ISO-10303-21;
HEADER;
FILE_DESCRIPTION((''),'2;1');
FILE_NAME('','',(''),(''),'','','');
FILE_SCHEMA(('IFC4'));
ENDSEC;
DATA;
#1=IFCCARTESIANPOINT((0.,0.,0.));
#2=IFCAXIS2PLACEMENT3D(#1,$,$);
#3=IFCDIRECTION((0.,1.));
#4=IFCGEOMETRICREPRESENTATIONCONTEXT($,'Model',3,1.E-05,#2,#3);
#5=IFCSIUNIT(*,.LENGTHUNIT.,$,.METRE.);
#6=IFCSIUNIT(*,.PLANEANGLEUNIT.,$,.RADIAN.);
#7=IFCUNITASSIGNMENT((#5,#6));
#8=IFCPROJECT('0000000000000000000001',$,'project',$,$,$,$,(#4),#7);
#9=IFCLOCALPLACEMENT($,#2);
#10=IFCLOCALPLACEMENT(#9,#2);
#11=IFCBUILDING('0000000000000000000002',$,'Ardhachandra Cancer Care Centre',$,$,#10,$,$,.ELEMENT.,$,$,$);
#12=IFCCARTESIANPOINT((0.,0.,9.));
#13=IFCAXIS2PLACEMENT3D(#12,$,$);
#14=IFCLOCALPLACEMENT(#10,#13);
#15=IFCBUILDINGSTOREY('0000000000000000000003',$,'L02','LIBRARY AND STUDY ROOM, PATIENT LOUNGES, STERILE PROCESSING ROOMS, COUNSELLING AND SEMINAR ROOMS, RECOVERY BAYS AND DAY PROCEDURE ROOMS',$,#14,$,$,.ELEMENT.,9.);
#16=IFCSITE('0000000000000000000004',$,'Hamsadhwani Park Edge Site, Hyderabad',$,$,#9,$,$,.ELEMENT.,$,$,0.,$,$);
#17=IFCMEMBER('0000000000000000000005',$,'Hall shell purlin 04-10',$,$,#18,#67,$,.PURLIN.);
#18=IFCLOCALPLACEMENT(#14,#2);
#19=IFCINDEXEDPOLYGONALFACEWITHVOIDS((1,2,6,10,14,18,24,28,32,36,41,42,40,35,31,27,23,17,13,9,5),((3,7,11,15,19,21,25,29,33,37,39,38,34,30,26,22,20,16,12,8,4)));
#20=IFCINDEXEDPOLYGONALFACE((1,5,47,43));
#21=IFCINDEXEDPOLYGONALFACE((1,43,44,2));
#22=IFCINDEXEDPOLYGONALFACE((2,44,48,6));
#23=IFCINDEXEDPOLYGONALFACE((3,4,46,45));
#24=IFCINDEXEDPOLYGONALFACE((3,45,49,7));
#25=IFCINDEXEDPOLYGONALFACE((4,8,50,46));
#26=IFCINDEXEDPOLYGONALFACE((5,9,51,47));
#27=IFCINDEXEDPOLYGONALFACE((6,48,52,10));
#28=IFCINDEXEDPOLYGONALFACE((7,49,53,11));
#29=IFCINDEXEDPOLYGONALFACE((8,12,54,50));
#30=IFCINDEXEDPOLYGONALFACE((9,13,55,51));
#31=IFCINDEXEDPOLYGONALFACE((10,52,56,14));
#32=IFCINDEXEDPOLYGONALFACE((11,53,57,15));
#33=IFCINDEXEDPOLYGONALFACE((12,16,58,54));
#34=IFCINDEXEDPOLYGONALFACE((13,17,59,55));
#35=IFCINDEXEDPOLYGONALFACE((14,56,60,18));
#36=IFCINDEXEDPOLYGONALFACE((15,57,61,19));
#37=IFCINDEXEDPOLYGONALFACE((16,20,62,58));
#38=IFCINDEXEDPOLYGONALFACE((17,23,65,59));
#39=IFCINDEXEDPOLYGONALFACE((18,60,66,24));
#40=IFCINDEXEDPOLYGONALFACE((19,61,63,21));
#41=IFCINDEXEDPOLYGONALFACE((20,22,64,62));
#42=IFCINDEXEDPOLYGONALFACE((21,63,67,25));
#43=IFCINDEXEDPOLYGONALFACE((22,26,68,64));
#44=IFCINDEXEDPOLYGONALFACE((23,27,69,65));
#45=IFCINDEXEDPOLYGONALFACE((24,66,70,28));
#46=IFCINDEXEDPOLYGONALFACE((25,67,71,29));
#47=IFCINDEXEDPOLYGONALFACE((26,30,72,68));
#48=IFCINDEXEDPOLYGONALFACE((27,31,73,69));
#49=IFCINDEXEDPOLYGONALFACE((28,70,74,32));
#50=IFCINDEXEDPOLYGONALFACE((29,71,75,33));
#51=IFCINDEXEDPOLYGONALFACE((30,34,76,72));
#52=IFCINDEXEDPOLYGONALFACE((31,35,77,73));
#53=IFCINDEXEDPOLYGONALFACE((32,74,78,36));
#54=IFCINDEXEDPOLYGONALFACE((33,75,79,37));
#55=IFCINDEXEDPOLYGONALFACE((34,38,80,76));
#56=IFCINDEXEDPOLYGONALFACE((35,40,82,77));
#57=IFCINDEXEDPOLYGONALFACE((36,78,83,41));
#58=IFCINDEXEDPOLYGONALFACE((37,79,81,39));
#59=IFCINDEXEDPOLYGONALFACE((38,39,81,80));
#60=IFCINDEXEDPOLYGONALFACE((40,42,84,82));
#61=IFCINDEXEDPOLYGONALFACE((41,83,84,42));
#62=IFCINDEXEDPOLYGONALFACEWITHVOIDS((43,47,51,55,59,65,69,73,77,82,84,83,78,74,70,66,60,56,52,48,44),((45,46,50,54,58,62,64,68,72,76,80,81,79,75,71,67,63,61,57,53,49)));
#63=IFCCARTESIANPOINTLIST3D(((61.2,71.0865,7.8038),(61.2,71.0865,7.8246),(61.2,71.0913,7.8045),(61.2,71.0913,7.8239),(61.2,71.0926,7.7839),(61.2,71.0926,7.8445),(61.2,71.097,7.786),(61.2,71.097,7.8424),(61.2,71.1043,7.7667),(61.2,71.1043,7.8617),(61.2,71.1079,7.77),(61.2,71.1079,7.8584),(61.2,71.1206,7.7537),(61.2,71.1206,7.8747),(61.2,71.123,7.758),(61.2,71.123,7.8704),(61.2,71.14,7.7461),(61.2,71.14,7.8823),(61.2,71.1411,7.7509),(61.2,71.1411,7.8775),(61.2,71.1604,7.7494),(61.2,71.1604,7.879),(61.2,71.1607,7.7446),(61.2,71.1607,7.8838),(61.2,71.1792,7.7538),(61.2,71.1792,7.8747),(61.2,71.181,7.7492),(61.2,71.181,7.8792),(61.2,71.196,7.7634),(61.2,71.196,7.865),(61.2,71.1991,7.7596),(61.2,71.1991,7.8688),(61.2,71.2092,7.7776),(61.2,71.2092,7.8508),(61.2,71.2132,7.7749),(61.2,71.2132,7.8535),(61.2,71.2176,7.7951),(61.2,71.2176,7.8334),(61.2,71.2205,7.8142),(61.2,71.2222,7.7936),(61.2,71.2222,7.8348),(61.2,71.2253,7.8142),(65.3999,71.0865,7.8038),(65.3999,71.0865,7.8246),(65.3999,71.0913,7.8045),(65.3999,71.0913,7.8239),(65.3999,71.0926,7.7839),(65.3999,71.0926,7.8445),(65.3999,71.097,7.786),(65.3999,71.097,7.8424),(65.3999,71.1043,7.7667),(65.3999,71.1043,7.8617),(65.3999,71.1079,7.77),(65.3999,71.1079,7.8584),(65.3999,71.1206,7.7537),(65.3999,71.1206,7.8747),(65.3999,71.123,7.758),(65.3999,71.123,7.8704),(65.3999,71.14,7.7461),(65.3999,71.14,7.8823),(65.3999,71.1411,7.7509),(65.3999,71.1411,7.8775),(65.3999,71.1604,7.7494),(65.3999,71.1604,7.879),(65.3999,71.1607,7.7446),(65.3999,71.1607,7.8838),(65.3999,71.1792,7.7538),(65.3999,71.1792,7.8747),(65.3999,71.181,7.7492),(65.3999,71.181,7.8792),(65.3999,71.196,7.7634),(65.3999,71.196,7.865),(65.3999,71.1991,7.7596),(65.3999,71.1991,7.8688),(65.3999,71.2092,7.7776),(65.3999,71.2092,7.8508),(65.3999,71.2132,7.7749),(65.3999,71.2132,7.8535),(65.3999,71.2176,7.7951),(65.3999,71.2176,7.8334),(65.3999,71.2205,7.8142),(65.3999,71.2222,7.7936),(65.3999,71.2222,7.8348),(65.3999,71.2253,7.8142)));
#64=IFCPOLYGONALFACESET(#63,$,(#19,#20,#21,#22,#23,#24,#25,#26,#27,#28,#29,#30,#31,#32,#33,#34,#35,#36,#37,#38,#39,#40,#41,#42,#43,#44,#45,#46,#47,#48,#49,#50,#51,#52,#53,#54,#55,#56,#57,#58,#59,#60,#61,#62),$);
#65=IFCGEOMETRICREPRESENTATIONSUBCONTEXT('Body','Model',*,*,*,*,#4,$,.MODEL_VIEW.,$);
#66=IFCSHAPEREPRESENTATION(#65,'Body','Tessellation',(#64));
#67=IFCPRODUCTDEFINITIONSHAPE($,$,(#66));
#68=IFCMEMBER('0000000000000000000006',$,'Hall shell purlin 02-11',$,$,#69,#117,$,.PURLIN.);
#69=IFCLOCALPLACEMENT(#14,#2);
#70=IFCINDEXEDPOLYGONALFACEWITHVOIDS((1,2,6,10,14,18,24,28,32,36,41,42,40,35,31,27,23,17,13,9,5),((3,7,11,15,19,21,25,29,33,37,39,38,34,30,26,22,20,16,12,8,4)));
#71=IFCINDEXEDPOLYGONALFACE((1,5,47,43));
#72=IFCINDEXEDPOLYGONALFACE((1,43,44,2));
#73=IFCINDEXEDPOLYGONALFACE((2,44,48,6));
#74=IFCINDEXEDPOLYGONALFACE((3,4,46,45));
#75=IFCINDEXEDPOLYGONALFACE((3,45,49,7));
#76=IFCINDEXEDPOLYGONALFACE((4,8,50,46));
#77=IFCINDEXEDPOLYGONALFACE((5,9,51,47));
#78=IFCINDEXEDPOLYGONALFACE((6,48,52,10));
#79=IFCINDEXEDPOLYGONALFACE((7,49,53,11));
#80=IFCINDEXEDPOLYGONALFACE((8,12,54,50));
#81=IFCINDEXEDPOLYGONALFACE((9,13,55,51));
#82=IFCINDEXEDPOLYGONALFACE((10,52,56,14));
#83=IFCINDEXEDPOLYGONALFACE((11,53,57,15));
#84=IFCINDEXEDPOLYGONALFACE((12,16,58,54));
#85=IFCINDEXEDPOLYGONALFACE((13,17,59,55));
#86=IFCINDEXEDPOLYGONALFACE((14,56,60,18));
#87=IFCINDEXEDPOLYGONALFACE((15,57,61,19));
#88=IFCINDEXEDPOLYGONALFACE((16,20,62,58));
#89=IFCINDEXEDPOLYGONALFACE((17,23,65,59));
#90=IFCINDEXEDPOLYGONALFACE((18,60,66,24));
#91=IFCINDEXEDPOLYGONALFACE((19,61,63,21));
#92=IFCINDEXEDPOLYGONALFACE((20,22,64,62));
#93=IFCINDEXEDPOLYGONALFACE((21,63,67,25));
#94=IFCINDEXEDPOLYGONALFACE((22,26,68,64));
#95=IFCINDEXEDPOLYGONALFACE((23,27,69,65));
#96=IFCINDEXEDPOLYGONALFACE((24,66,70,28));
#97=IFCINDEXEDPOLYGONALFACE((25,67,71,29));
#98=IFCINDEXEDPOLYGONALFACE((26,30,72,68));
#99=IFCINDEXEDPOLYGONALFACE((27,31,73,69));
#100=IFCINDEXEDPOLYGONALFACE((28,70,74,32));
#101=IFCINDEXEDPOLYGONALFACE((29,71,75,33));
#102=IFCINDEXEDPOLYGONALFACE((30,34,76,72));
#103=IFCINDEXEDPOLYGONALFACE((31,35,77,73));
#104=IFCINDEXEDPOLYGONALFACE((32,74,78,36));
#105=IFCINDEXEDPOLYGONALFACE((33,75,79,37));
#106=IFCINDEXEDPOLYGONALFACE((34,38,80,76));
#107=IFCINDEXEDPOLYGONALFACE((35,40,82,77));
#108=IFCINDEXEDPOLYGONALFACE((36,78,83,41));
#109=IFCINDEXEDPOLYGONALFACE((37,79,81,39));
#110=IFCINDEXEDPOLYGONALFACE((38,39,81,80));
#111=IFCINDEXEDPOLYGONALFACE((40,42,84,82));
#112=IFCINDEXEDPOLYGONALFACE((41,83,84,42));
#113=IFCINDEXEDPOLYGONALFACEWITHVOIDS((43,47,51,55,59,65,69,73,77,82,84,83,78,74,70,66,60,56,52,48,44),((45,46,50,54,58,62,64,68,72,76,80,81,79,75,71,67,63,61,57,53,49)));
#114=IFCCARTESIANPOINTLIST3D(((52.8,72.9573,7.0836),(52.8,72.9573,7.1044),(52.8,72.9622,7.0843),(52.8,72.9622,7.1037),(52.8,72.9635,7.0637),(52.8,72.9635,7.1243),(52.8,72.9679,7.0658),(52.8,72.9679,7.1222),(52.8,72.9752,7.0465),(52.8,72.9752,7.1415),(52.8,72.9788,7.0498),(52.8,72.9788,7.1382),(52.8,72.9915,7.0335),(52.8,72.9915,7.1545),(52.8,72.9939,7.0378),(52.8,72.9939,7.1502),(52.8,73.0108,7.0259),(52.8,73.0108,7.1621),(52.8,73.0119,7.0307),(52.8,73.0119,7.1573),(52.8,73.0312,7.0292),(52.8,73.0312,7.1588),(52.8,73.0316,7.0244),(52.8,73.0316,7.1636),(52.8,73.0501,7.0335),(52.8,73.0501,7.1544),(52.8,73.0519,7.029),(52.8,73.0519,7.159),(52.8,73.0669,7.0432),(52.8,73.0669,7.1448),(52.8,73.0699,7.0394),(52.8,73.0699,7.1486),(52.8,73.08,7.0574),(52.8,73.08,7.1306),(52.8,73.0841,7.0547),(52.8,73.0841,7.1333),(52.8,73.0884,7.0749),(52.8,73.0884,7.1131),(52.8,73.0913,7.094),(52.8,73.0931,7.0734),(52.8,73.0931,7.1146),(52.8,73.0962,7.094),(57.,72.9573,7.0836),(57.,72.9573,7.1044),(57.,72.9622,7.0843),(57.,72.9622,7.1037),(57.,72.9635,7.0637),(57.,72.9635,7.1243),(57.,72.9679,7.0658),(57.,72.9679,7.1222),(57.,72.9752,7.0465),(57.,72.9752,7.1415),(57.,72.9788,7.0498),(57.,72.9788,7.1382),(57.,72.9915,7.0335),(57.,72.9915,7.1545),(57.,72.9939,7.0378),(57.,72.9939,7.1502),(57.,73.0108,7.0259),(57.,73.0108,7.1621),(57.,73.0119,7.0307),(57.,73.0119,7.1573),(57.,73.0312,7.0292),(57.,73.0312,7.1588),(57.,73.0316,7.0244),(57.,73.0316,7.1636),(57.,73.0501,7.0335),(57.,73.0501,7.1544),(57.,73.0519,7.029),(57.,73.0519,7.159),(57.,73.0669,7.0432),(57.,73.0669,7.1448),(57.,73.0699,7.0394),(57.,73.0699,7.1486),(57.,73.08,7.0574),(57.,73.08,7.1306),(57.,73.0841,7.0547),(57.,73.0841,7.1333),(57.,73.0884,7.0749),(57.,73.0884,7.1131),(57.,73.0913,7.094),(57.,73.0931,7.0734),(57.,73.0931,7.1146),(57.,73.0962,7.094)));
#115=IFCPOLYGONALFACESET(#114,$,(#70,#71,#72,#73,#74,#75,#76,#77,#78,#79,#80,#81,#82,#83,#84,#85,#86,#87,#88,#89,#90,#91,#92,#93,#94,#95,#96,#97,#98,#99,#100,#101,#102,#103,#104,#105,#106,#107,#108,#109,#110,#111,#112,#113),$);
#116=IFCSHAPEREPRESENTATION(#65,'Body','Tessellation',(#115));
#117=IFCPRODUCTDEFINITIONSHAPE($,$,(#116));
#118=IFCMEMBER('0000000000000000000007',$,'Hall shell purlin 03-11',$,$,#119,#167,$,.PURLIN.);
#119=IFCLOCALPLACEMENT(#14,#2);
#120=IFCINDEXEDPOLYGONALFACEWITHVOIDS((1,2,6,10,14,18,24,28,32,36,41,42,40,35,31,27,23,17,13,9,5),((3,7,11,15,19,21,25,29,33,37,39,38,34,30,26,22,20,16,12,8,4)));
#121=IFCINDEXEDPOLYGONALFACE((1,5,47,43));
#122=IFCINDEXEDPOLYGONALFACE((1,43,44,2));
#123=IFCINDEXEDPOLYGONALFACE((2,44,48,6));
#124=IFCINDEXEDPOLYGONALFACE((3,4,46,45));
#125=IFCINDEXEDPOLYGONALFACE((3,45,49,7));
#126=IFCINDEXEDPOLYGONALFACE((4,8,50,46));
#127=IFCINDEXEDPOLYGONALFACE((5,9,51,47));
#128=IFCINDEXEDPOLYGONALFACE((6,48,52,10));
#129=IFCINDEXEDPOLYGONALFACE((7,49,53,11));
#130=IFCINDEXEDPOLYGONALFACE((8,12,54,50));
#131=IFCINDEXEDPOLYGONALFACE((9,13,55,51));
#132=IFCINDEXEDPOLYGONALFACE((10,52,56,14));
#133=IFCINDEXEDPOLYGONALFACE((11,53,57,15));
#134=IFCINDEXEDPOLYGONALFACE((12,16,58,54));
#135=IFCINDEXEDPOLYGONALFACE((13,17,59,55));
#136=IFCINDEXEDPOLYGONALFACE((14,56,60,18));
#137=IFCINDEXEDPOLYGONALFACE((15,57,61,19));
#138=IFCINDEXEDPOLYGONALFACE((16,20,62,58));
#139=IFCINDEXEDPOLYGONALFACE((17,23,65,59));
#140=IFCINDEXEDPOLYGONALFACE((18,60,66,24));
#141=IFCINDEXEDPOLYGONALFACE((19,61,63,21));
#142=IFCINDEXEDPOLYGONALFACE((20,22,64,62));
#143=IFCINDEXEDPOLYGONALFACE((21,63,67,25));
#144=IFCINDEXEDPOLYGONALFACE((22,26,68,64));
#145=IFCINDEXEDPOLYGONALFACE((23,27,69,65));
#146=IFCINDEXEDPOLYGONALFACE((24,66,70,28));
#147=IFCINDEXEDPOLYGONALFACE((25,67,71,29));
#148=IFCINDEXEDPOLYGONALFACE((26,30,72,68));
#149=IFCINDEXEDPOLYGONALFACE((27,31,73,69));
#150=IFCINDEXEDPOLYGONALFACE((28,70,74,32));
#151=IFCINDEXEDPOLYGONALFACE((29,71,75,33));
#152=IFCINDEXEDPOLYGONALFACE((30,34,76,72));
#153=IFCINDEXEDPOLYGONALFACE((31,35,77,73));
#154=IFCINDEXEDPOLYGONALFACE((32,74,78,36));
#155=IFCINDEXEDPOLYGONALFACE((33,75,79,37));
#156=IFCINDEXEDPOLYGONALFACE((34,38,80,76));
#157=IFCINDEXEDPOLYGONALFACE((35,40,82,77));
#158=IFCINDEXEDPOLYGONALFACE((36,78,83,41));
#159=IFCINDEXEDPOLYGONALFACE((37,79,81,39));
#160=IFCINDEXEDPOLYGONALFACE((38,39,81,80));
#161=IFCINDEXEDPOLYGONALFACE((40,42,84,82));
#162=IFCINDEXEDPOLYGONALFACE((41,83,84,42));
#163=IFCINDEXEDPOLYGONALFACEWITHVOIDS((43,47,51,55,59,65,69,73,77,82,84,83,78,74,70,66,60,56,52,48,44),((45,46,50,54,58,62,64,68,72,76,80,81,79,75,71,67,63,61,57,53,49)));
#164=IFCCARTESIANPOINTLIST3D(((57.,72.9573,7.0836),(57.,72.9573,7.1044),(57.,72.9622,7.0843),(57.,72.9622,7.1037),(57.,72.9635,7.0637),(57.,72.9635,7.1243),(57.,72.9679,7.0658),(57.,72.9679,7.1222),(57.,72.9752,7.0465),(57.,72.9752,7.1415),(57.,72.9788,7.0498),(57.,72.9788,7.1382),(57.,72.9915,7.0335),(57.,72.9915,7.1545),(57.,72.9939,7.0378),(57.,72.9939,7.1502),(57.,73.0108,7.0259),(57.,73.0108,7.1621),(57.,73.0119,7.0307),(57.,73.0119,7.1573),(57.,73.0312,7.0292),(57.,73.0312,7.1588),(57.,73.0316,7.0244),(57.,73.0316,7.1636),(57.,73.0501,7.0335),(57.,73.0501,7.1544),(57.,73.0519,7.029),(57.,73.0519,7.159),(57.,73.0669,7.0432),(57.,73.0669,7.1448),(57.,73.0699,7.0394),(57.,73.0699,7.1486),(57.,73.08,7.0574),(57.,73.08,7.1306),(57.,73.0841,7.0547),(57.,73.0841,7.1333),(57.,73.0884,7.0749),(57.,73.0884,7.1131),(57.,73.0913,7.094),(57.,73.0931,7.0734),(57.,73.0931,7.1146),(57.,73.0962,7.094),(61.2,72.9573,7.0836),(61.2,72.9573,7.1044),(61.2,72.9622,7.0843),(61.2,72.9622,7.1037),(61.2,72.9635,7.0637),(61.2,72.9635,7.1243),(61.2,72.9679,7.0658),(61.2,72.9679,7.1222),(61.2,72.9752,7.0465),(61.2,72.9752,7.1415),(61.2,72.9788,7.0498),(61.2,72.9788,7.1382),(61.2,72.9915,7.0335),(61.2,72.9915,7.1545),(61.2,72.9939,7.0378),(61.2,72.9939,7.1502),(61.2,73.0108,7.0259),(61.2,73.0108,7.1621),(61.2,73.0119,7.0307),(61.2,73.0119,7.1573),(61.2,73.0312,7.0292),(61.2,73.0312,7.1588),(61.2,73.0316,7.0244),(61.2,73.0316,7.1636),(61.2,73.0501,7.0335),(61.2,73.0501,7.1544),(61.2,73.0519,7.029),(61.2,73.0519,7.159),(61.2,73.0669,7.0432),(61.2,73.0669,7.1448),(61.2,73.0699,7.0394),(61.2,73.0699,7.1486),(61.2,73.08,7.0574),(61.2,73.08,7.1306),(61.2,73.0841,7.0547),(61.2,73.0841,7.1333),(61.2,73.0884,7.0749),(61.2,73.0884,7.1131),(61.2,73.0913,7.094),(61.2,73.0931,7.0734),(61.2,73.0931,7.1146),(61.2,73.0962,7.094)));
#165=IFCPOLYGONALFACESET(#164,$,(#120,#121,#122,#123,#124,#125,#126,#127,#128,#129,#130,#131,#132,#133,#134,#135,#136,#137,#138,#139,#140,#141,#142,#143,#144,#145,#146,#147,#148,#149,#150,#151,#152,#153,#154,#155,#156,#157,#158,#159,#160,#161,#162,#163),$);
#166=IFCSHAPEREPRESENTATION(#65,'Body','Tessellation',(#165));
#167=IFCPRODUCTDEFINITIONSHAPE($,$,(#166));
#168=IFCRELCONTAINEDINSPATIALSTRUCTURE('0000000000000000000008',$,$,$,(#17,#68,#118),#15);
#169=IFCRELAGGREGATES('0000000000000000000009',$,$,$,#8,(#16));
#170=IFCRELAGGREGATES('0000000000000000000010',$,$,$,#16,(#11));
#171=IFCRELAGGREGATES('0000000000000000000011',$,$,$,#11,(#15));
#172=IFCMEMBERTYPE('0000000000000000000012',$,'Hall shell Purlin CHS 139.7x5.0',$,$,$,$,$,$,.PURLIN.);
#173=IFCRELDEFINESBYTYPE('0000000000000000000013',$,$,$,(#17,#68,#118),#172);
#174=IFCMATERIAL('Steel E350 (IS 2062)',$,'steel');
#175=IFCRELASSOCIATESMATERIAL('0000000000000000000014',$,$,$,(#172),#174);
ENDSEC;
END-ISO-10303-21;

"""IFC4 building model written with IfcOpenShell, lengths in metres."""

from ifc_helpers import new_model, si_unit, direction, frame, origin, origin_2d, place, context, subcontext, project, spatial, hollow_circle, extrude, material, material_profile, profile_set, type_object, element, save


model = new_model("IFC4")

# Units and contexts
model_context = context("Model", 3, precision=1e-05, world=origin(), true_north=direction((0.0, 1.0)))
body_context = subcontext(model_context, "Body", "Model", "MODEL_VIEW")
ifc_project = project(units=[si_unit("LENGTHUNIT", "METRE"), si_unit("PLANEANGLEUNIT", "RADIAN")], contexts=[model_context])

# Site, building, storey
site_placement = place(None, origin())
site = spatial("IfcSite", under=ifc_project, at=site_placement, Name="Hamsadhwani Park Edge Site, Hyderabad", CompositionType="ELEMENT", RefElevation=0.0)
building_placement = place(site_placement, origin())
building = spatial("IfcBuilding", under=site, at=building_placement, Name="Ardhachandra Cancer Care Centre", CompositionType="ELEMENT")
storey_placement = place(building_placement, frame((0.0, 0.0, 9.0)))
storey = spatial("IfcBuildingStorey", under=building, at=storey_placement, Name="L02", Description="LIBRARY AND STUDY ROOM, PATIENT LOUNGES, STERILE PROCESSING ROOMS, COUNSELLING AND SEMINAR ROOMS, RECOVERY BAYS AND DAY PROCEDURE ROOMS", CompositionType="ELEMENT", Elevation=9.0)

# Members
ifc_material_1 = material(Name="Steel E350 (IS 2062)", Category="steel")
ifc_material_profile_1 = material_profile(ifc_material_1, hollow_circle(Radius=0.0698, WallThickness=0.0049, at=origin_2d()), Name="CHS 139.7x5.0")
ifc_profile_set_1 = profile_set([ifc_material_profile_1], Name="Steel E350 (IS 2062)")
member_type_1 = type_object("IfcMemberType", Name="Hall shell Purlin CHS 139.7x5.0", PredefinedType="PURLIN", material=ifc_profile_set_1)
for number, where, z_axis, x_axis, name in (
    (1, (61.2, 71.1555, 7.8142), (1.0, 0.0, 0.0), (0.0, 1.0, 0.0), "Hall shell purlin 04-10"),
    (2, (52.8, 73.0264, 7.094), (1.0, 0.0, 0.0), (0.0, 1.0, 0.0), "Hall shell purlin 02-11"),
    (3, (57.0, 73.0264, 7.094), (1.0, 0.0, 0.0), (0.0, 1.0, 0.0), "Hall shell purlin 03-11"),
):
    element("IfcMember", number, at=place(storey_placement, frame(where, z_axis=z_axis, x_axis=x_axis)), inside=storey, type_object=member_type_1, Name=name, PredefinedType="PURLIN", context=body_context, shape_type="SweptSolid", body=[
        extrude(hollow_circle(Radius=0.0698, WallThickness=0.0049, at=origin_2d()), origin(), (0.0, 0.0, 1.0), 4.2),
    ])

save(model, "model.ifc")
